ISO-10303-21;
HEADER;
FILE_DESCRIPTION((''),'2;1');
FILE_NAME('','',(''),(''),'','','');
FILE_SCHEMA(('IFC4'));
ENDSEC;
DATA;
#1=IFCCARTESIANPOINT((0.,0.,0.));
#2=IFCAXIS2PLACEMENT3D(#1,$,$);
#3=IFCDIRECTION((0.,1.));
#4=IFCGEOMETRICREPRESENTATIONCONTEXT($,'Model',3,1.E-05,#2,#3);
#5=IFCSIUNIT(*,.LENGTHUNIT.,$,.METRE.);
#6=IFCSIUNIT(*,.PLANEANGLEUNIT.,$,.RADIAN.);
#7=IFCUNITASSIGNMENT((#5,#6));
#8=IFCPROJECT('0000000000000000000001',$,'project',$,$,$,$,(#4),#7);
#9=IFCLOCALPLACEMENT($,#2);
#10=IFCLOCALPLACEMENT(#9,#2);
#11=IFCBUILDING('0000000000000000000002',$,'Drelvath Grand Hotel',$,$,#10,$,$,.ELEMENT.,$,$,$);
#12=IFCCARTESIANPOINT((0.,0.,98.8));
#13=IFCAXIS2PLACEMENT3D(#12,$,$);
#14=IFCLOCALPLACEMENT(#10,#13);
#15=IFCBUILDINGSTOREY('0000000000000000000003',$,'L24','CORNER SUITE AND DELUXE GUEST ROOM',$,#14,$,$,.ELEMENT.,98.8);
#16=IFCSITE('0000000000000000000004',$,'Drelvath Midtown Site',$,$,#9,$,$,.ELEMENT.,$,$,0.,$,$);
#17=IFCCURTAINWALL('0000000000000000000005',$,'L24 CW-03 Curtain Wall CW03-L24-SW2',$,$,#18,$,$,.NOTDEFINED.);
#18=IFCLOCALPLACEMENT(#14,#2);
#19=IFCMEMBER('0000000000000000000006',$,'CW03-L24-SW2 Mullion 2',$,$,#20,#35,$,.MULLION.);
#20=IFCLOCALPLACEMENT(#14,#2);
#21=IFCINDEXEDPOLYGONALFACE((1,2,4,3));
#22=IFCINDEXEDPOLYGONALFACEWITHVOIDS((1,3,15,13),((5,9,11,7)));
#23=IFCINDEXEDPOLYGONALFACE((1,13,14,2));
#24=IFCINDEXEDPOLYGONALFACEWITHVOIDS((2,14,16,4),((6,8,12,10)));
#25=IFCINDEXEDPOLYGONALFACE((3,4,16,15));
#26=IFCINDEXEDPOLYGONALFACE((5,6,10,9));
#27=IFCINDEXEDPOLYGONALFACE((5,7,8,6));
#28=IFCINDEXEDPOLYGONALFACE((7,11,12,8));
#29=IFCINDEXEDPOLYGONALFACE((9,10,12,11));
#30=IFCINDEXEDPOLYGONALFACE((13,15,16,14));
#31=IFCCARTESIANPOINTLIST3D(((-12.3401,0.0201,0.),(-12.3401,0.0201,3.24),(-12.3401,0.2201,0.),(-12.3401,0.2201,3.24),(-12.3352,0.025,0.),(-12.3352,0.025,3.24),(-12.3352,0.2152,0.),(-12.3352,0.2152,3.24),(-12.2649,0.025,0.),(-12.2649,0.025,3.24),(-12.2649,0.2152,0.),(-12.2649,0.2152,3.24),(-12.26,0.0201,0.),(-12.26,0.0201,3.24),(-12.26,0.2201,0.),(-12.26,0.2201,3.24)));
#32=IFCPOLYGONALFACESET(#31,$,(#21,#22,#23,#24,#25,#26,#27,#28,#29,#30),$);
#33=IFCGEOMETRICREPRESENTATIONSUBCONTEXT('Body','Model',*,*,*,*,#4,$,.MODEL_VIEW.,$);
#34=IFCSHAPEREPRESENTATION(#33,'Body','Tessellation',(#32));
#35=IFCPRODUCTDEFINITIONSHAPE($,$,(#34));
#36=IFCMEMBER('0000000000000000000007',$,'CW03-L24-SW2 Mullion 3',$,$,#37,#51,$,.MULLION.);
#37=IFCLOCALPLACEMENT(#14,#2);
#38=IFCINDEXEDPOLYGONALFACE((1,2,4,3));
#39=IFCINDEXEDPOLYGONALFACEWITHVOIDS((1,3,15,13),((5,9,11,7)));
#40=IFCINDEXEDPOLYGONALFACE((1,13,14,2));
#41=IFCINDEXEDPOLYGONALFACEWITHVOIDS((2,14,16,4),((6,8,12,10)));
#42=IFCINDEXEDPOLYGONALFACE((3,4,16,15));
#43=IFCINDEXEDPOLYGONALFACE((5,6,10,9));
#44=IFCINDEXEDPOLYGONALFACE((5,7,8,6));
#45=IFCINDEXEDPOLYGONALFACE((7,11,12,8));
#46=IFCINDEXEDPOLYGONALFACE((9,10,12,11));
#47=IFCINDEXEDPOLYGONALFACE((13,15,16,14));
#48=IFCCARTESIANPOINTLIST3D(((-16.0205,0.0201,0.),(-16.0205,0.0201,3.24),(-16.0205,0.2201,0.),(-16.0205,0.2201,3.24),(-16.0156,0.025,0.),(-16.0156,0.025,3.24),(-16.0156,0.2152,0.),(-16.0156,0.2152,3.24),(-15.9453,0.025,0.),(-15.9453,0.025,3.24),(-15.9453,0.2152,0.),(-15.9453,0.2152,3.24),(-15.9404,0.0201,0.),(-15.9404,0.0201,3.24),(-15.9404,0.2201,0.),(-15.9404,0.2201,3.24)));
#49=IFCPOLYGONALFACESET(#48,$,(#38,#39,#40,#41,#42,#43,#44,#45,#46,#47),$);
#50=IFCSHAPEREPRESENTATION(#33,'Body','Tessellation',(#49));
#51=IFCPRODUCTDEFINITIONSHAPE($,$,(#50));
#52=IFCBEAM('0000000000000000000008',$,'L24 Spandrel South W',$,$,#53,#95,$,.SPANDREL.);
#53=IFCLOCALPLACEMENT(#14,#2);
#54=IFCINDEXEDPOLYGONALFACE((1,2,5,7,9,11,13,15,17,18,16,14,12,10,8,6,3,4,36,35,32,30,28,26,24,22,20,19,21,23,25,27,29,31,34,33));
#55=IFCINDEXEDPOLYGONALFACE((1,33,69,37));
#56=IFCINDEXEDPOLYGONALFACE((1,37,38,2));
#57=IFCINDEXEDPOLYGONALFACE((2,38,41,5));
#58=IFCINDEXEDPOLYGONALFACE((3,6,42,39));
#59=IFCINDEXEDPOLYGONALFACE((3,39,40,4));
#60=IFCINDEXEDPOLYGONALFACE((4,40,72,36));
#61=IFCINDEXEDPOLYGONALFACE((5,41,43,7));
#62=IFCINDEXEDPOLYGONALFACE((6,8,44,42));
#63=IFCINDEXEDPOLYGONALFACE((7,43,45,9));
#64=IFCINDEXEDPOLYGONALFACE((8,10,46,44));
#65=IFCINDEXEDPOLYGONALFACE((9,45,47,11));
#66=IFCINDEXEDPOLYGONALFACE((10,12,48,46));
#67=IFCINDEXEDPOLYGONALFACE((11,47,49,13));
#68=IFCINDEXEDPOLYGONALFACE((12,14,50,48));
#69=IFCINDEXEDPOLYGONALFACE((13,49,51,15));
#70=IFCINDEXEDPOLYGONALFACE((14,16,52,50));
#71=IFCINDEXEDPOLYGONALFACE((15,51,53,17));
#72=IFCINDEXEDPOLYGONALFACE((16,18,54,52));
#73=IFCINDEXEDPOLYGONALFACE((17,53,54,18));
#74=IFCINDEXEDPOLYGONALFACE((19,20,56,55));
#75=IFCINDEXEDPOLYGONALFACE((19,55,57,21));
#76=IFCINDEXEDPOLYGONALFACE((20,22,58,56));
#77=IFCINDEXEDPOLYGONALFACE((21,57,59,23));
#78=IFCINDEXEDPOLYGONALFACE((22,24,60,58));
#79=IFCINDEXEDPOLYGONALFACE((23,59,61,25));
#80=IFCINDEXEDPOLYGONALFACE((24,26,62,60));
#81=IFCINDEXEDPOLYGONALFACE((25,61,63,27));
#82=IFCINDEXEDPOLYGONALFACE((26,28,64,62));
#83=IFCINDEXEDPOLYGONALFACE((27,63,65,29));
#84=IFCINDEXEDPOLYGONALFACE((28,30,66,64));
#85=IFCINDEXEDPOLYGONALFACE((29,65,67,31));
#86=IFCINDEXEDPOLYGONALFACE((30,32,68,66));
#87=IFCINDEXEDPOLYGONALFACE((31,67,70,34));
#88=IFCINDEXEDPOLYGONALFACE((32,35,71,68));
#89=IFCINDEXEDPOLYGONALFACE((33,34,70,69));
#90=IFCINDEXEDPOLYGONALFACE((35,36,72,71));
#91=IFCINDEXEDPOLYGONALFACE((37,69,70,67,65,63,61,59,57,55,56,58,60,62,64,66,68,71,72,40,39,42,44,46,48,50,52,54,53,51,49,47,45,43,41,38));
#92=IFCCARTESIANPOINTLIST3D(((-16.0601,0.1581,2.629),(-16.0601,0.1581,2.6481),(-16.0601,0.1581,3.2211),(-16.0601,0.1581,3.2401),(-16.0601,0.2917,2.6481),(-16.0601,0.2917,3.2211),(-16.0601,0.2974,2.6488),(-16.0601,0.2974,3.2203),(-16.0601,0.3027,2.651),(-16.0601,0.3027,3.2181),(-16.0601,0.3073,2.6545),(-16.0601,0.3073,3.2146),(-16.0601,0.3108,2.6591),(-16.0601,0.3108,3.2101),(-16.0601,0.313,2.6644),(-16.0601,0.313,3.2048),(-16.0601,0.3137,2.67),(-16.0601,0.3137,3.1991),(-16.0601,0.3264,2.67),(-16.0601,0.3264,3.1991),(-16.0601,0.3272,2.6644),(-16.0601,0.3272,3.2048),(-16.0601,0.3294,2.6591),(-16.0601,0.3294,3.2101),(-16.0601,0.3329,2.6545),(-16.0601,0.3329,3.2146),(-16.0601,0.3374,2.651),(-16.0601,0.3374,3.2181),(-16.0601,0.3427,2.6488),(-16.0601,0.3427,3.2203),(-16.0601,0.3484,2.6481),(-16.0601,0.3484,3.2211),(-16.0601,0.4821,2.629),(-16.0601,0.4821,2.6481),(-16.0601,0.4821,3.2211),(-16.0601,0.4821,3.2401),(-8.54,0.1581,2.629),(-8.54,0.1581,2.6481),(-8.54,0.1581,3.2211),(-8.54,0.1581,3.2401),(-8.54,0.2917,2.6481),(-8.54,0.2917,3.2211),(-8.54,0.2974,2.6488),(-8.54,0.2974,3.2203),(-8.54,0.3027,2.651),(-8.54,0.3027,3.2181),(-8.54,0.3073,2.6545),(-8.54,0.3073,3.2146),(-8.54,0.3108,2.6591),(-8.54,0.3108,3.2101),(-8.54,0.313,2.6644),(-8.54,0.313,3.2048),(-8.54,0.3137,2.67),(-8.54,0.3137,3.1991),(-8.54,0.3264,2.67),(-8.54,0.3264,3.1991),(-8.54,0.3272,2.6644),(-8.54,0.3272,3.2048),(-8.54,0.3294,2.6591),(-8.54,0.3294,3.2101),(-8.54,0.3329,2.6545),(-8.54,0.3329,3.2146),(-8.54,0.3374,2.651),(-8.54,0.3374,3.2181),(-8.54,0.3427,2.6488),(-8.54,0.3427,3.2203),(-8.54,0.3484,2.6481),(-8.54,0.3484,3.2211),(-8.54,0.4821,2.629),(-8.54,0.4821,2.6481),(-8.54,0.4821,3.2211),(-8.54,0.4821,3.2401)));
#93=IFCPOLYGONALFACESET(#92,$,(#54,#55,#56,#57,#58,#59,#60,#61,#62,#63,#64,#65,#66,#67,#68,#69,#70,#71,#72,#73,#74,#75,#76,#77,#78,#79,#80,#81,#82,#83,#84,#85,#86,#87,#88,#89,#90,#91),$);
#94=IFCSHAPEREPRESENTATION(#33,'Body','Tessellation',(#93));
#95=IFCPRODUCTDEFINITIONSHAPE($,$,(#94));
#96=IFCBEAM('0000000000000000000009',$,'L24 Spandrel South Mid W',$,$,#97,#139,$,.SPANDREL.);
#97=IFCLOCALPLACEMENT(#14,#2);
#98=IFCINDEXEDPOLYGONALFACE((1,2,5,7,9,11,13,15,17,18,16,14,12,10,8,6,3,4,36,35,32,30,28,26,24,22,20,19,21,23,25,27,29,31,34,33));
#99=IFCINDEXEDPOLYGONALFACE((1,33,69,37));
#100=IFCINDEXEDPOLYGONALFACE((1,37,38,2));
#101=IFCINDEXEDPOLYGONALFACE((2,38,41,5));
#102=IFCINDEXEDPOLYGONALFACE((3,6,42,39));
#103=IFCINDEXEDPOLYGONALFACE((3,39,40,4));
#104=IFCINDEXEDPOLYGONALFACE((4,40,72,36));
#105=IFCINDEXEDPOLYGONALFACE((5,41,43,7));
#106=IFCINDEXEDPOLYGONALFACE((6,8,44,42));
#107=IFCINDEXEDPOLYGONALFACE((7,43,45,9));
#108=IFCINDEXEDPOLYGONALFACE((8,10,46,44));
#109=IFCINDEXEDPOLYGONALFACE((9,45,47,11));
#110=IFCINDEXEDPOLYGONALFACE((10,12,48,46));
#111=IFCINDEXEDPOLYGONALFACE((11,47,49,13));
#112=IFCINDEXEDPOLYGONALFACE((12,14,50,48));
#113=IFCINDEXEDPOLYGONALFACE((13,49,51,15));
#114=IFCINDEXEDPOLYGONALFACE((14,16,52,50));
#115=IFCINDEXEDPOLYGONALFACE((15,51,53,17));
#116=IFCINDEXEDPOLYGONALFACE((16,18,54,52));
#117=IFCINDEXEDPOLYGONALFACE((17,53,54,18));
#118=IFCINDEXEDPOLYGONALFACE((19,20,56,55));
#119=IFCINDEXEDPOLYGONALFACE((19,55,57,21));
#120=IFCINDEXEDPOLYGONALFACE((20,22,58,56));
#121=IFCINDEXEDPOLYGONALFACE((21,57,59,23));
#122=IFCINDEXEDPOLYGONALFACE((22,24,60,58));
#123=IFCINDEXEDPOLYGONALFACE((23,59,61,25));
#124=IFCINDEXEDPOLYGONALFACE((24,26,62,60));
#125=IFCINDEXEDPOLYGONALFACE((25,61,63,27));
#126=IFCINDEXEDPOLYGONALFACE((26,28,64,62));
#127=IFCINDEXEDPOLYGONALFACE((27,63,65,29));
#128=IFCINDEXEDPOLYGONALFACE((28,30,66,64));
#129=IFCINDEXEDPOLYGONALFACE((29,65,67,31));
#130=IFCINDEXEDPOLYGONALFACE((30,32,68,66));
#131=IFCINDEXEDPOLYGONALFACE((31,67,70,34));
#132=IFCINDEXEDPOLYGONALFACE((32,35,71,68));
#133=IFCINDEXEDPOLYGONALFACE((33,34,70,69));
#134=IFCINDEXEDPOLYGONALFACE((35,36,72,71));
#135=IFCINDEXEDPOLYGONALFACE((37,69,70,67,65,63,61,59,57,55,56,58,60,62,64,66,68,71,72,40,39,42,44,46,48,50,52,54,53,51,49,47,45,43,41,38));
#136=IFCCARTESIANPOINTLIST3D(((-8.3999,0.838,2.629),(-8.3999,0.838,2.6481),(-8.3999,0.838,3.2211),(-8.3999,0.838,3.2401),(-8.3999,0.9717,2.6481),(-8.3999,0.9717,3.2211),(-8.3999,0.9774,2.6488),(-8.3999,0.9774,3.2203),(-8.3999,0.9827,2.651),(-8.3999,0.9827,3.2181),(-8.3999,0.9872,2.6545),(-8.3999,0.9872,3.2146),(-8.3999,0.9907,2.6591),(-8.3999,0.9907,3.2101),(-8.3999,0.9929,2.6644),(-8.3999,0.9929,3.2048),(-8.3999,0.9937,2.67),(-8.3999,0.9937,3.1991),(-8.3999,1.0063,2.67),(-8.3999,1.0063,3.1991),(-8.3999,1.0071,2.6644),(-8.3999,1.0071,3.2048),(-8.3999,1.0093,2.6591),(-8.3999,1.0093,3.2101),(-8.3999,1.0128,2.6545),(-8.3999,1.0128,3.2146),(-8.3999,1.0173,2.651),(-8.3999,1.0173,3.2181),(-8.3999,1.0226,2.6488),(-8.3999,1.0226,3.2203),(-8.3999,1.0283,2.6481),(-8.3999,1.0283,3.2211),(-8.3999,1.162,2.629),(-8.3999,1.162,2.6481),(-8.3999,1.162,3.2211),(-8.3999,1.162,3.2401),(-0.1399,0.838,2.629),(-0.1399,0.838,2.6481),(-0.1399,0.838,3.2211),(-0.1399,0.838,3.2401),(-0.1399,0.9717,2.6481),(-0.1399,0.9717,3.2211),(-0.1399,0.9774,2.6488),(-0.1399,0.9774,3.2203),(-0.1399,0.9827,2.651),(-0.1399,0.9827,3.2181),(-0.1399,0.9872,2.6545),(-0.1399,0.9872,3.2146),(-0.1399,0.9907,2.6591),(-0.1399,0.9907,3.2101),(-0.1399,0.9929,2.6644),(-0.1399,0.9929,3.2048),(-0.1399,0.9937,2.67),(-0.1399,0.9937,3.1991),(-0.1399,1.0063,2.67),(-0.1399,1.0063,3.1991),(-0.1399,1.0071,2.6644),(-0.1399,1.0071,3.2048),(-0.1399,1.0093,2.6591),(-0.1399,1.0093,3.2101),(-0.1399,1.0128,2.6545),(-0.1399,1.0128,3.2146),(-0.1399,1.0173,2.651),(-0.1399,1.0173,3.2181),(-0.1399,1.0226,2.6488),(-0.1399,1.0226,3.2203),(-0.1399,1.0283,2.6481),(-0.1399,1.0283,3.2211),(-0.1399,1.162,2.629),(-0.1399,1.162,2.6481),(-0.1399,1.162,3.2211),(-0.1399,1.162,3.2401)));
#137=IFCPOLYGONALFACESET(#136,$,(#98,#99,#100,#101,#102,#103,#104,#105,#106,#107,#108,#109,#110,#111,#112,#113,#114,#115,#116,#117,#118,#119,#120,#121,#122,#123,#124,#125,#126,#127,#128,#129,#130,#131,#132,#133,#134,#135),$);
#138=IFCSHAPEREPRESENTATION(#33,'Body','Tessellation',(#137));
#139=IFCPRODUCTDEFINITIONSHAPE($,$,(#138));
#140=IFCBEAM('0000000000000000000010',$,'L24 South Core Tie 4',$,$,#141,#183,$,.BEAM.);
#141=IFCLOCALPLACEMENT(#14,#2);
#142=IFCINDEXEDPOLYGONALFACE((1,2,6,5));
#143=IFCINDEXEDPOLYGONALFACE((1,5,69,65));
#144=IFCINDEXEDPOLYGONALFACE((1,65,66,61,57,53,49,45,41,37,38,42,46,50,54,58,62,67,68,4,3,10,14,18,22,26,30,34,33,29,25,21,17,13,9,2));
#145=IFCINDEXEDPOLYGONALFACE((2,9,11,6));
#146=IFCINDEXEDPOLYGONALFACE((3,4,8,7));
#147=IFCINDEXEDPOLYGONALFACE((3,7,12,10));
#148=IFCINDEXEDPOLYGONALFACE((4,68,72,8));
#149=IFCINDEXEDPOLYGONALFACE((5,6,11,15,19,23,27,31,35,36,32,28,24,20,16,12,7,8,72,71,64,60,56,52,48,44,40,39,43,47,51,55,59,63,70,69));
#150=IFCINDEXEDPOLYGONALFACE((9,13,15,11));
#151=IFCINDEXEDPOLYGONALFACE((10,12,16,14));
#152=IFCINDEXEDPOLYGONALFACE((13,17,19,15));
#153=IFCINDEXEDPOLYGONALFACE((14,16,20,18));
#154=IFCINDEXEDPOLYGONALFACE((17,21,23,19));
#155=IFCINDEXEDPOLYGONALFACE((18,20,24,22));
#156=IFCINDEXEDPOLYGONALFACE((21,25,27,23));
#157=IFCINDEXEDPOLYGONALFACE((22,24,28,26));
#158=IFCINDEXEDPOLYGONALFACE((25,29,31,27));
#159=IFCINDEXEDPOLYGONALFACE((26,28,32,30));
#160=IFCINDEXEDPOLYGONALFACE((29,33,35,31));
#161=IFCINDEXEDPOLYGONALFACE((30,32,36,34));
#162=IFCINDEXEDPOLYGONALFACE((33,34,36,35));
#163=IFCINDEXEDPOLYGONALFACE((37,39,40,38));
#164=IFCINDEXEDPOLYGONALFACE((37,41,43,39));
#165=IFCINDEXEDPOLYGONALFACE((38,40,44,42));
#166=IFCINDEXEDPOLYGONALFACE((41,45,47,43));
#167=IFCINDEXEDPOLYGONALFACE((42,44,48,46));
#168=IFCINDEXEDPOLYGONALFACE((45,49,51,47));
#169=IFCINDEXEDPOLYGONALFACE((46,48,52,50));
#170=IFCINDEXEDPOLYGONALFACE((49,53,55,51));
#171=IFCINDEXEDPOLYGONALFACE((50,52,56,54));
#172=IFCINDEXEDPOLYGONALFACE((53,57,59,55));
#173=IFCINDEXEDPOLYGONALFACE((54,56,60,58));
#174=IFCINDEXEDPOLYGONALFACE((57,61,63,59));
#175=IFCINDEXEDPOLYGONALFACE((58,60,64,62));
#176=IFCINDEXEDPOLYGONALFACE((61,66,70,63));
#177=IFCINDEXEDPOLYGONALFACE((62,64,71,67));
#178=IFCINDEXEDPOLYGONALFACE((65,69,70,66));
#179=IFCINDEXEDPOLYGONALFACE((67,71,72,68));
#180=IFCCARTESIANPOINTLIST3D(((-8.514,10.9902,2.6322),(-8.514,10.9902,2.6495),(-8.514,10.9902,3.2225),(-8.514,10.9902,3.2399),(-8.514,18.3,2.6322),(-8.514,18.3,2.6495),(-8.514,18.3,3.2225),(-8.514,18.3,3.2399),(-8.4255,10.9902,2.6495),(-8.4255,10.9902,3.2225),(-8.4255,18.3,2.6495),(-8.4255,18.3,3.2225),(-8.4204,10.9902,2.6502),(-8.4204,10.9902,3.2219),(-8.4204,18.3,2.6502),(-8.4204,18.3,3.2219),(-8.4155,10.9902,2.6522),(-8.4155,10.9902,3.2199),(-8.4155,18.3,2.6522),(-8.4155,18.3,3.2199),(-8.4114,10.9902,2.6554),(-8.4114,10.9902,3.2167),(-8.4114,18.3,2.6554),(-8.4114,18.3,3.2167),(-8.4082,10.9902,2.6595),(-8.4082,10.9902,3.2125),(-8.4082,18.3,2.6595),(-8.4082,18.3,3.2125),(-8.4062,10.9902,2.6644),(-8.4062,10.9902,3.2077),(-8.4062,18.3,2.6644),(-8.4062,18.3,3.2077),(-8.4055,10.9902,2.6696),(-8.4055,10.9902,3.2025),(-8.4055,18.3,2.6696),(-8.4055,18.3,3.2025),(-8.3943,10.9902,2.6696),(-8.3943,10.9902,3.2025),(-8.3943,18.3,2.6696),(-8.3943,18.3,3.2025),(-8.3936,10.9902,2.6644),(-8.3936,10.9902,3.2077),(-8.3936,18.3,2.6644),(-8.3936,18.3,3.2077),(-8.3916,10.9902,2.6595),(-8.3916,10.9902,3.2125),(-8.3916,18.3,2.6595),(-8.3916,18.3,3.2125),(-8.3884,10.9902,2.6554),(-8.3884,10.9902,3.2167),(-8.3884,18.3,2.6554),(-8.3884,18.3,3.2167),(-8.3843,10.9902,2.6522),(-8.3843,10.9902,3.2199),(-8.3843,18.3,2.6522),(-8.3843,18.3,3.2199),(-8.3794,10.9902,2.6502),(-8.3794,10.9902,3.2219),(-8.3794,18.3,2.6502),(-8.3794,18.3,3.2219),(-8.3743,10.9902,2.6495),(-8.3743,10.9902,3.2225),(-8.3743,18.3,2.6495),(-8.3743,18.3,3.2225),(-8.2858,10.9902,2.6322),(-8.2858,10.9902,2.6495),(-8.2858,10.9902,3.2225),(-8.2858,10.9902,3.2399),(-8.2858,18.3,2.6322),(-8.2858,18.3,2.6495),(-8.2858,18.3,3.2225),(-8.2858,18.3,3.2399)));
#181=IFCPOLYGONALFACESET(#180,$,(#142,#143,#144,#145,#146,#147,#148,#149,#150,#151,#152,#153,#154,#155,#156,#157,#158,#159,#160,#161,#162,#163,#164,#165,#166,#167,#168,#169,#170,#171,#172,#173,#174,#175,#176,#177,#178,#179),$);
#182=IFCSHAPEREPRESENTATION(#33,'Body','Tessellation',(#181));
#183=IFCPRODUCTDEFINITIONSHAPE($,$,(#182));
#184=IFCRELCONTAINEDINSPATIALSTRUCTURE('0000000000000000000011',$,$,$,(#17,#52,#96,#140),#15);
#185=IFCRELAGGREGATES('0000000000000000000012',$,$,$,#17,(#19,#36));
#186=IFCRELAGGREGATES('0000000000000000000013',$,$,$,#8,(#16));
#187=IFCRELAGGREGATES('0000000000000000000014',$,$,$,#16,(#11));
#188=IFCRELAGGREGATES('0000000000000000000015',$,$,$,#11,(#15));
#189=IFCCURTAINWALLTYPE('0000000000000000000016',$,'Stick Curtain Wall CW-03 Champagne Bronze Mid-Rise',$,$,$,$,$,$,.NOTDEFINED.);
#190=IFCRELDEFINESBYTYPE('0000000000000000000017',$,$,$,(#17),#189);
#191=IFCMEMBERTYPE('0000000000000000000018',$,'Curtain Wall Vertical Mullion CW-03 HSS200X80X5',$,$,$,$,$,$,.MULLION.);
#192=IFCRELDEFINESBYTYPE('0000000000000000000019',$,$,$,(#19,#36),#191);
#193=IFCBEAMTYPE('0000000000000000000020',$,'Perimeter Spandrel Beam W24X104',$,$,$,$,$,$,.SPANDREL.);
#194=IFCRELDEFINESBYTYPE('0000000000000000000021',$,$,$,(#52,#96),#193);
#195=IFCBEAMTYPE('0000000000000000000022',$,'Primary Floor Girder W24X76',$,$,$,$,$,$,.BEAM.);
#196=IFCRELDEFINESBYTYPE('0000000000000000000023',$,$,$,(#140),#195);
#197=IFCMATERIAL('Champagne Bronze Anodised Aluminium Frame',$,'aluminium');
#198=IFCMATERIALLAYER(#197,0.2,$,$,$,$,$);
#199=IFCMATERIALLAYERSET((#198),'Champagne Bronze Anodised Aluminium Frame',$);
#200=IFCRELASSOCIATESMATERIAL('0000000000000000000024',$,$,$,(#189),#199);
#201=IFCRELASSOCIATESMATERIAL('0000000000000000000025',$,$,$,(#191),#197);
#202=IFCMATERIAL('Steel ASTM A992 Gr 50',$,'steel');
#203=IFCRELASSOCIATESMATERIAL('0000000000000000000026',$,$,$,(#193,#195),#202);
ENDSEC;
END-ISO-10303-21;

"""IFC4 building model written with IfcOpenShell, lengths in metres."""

from ifc_helpers import new_model, si_unit, direction, frame, origin, origin_2d, place, context, subcontext, project, spatial, hollow_rectangle, i_section, extrude, material, layer, layer_set, material_profile, profile_set, type_object, element, aggregate, save


model = new_model("IFC4")

# Units and contexts
model_context = context("Model", 3, precision=1e-05, world=origin(), true_north=direction((0.0, 1.0)))
body_context = subcontext(model_context, "Body", "Model", "MODEL_VIEW")
ifc_project = project(units=[si_unit("LENGTHUNIT", "METRE"), si_unit("PLANEANGLEUNIT", "RADIAN")], contexts=[model_context])

# Site, building, storey
site_placement = place(None, origin())
site = spatial("IfcSite", under=ifc_project, at=site_placement, Name="Drelvath Midtown Site", CompositionType="ELEMENT", RefElevation=0.0)
building_placement = place(site_placement, origin())
building = spatial("IfcBuilding", under=site, at=building_placement, Name="Drelvath Grand Hotel", CompositionType="ELEMENT")
storey_placement = place(building_placement, frame((0.0, 0.0, 98.8)))
storey = spatial("IfcBuildingStorey", under=building, at=storey_placement, Name="L24", Description="CORNER SUITE AND DELUXE GUEST ROOM", CompositionType="ELEMENT", Elevation=98.8)

# Shared definitions
ifc_material_1 = material(Name="Steel ASTM A992 Gr 50", Category="steel")

# Curtain wall
ifc_material_2 = material(Name="Champagne Bronze Anodised Aluminium Frame", Category="aluminium")
ifc_layer_1 = layer(ifc_material_2, 0.2)
ifc_layer_set_1 = layer_set([ifc_layer_1], Name="Champagne Bronze Anodised Aluminium Frame")
curtain_wall_type = type_object("IfcCurtainWallType", Name="Stick Curtain Wall CW-03 Champagne Bronze Mid-Rise", PredefinedType="NOTDEFINED", material=ifc_layer_set_1)
curtain_wall_1_placement = place(storey_placement, origin())
curtain_wall_1 = element("IfcCurtainWall", 1, at=curtain_wall_1_placement, inside=storey, type_object=curtain_wall_type, Name="L24 CW-03 Curtain Wall CW03-L24-SW2", PredefinedType="NOTDEFINED")

# Shared definitions
ifc_material_profile_1 = material_profile(ifc_material_2, hollow_rectangle(XDim=0.0801, YDim=0.2, WallThickness=0.0049, at=origin_2d()), Name="HSS200X80X5")
ifc_profile_set_1 = profile_set([ifc_material_profile_1], Name="Champagne Bronze Anodised Aluminium Frame")
member_type_1 = type_object("IfcMemberType", Name="Curtain Wall Vertical Mullion CW-03 HSS200X80X5", PredefinedType="MULLION", material=ifc_profile_set_1)

# Members
member_1_placement = place(storey_placement, frame((-12.3, 0.1201, 0.0), z_axis=(0.0, 0.0, 1.0), x_axis=(1.0, 0.0, 0.0)))
member_1 = element("IfcMember", 2, at=member_1_placement, type_object=member_type_1, Name="CW03-L24-SW2 Mullion 2", PredefinedType="MULLION", context=body_context, shape_type="SweptSolid", body=[
    extrude(hollow_rectangle(XDim=0.0801, YDim=0.2, WallThickness=0.0049, at=origin_2d()), origin(), (0.0, 0.0, 1.0), 3.24),
])
member_2_placement = place(storey_placement, frame((-15.9805, 0.1201, 0.0), z_axis=(0.0, 0.0, 1.0), x_axis=(1.0, 0.0, 0.0)))
member_2 = element("IfcMember", 3, at=member_2_placement, type_object=member_type_1, Name="CW03-L24-SW2 Mullion 3", PredefinedType="MULLION", context=body_context, shape_type="SweptSolid", body=[
    extrude(hollow_rectangle(XDim=0.0801, YDim=0.2, WallThickness=0.0049, at=origin_2d()), origin(), (0.0, 0.0, 1.0), 3.24),
])

# Beams
ifc_material_profile_2 = material_profile(ifc_material_1, i_section(OverallWidth=0.324, OverallDepth=0.6111, WebThickness=0.0127, FlangeThickness=0.019, FilletRadius=0.022, at=origin_2d()), Name="W24X104")
ifc_profile_set_2 = profile_set([ifc_material_profile_2], Name="Steel ASTM A992 Gr 50")
beam_type_1 = type_object("IfcBeamType", Name="Perimeter Spandrel Beam W24X104", PredefinedType="SPANDREL", material=ifc_profile_set_2)
beam_1_placement = place(storey_placement, frame((-16.0601, 0.3201, 2.9346), z_axis=(1.0, 0.0, 0.0), x_axis=(0.0, 1.0, 0.0)))
element("IfcBeam", 4, at=beam_1_placement, inside=storey, type_object=beam_type_1, Name="L24 Spandrel South W", PredefinedType="SPANDREL", context=body_context, shape_type="SweptSolid", body=[
    extrude(i_section(OverallWidth=0.324, OverallDepth=0.6111, WebThickness=0.0127, FlangeThickness=0.019, FilletRadius=0.022, at=origin_2d()), origin(), (0.0, 0.0, 1.0), 7.52),
])
beam_2_placement = place(storey_placement, frame((-8.3999, 1.0, 2.9346), z_axis=(1.0, 0.0, 0.0), x_axis=(0.0, 1.0, 0.0)))
element("IfcBeam", 5, at=beam_2_placement, inside=storey, type_object=beam_type_1, Name="L24 Spandrel South Mid W", PredefinedType="SPANDREL", context=body_context, shape_type="SweptSolid", body=[
    extrude(i_section(OverallWidth=0.324, OverallDepth=0.6111, WebThickness=0.0127, FlangeThickness=0.019, FilletRadius=0.022, at=origin_2d()), origin(), (0.0, 0.0, 1.0), 8.26),
])
ifc_material_profile_3 = material_profile(ifc_material_1, i_section(OverallWidth=0.2283, OverallDepth=0.6077, WebThickness=0.0112, FlangeThickness=0.0173, FilletRadius=0.02, at=origin_2d()), Name="W24X76")
ifc_profile_set_3 = profile_set([ifc_material_profile_3], Name="Steel ASTM A992 Gr 50")
beam_type_2 = type_object("IfcBeamType", Name="Primary Floor Girder W24X76", PredefinedType="BEAM", material=ifc_profile_set_3)
beam_3_placement = place(storey_placement, frame((-8.3999, 10.9902, 2.936), z_axis=(0.0, 1.0, 0.0), x_axis=(-1.0, 0.0, 0.0)))
element("IfcBeam", 6, at=beam_3_placement, inside=storey, type_object=beam_type_2, Name="L24 South Core Tie 4", PredefinedType="BEAM", context=body_context, shape_type="SweptSolid", body=[
    extrude(i_section(OverallWidth=0.2283, OverallDepth=0.6077, WebThickness=0.0112, FlangeThickness=0.0173, FilletRadius=0.02, at=origin_2d()), origin(), (0.0, 0.0, 1.0), 7.3098),
])

aggregate(curtain_wall_1, [member_1, member_2])

save(model, "model.ifc")
